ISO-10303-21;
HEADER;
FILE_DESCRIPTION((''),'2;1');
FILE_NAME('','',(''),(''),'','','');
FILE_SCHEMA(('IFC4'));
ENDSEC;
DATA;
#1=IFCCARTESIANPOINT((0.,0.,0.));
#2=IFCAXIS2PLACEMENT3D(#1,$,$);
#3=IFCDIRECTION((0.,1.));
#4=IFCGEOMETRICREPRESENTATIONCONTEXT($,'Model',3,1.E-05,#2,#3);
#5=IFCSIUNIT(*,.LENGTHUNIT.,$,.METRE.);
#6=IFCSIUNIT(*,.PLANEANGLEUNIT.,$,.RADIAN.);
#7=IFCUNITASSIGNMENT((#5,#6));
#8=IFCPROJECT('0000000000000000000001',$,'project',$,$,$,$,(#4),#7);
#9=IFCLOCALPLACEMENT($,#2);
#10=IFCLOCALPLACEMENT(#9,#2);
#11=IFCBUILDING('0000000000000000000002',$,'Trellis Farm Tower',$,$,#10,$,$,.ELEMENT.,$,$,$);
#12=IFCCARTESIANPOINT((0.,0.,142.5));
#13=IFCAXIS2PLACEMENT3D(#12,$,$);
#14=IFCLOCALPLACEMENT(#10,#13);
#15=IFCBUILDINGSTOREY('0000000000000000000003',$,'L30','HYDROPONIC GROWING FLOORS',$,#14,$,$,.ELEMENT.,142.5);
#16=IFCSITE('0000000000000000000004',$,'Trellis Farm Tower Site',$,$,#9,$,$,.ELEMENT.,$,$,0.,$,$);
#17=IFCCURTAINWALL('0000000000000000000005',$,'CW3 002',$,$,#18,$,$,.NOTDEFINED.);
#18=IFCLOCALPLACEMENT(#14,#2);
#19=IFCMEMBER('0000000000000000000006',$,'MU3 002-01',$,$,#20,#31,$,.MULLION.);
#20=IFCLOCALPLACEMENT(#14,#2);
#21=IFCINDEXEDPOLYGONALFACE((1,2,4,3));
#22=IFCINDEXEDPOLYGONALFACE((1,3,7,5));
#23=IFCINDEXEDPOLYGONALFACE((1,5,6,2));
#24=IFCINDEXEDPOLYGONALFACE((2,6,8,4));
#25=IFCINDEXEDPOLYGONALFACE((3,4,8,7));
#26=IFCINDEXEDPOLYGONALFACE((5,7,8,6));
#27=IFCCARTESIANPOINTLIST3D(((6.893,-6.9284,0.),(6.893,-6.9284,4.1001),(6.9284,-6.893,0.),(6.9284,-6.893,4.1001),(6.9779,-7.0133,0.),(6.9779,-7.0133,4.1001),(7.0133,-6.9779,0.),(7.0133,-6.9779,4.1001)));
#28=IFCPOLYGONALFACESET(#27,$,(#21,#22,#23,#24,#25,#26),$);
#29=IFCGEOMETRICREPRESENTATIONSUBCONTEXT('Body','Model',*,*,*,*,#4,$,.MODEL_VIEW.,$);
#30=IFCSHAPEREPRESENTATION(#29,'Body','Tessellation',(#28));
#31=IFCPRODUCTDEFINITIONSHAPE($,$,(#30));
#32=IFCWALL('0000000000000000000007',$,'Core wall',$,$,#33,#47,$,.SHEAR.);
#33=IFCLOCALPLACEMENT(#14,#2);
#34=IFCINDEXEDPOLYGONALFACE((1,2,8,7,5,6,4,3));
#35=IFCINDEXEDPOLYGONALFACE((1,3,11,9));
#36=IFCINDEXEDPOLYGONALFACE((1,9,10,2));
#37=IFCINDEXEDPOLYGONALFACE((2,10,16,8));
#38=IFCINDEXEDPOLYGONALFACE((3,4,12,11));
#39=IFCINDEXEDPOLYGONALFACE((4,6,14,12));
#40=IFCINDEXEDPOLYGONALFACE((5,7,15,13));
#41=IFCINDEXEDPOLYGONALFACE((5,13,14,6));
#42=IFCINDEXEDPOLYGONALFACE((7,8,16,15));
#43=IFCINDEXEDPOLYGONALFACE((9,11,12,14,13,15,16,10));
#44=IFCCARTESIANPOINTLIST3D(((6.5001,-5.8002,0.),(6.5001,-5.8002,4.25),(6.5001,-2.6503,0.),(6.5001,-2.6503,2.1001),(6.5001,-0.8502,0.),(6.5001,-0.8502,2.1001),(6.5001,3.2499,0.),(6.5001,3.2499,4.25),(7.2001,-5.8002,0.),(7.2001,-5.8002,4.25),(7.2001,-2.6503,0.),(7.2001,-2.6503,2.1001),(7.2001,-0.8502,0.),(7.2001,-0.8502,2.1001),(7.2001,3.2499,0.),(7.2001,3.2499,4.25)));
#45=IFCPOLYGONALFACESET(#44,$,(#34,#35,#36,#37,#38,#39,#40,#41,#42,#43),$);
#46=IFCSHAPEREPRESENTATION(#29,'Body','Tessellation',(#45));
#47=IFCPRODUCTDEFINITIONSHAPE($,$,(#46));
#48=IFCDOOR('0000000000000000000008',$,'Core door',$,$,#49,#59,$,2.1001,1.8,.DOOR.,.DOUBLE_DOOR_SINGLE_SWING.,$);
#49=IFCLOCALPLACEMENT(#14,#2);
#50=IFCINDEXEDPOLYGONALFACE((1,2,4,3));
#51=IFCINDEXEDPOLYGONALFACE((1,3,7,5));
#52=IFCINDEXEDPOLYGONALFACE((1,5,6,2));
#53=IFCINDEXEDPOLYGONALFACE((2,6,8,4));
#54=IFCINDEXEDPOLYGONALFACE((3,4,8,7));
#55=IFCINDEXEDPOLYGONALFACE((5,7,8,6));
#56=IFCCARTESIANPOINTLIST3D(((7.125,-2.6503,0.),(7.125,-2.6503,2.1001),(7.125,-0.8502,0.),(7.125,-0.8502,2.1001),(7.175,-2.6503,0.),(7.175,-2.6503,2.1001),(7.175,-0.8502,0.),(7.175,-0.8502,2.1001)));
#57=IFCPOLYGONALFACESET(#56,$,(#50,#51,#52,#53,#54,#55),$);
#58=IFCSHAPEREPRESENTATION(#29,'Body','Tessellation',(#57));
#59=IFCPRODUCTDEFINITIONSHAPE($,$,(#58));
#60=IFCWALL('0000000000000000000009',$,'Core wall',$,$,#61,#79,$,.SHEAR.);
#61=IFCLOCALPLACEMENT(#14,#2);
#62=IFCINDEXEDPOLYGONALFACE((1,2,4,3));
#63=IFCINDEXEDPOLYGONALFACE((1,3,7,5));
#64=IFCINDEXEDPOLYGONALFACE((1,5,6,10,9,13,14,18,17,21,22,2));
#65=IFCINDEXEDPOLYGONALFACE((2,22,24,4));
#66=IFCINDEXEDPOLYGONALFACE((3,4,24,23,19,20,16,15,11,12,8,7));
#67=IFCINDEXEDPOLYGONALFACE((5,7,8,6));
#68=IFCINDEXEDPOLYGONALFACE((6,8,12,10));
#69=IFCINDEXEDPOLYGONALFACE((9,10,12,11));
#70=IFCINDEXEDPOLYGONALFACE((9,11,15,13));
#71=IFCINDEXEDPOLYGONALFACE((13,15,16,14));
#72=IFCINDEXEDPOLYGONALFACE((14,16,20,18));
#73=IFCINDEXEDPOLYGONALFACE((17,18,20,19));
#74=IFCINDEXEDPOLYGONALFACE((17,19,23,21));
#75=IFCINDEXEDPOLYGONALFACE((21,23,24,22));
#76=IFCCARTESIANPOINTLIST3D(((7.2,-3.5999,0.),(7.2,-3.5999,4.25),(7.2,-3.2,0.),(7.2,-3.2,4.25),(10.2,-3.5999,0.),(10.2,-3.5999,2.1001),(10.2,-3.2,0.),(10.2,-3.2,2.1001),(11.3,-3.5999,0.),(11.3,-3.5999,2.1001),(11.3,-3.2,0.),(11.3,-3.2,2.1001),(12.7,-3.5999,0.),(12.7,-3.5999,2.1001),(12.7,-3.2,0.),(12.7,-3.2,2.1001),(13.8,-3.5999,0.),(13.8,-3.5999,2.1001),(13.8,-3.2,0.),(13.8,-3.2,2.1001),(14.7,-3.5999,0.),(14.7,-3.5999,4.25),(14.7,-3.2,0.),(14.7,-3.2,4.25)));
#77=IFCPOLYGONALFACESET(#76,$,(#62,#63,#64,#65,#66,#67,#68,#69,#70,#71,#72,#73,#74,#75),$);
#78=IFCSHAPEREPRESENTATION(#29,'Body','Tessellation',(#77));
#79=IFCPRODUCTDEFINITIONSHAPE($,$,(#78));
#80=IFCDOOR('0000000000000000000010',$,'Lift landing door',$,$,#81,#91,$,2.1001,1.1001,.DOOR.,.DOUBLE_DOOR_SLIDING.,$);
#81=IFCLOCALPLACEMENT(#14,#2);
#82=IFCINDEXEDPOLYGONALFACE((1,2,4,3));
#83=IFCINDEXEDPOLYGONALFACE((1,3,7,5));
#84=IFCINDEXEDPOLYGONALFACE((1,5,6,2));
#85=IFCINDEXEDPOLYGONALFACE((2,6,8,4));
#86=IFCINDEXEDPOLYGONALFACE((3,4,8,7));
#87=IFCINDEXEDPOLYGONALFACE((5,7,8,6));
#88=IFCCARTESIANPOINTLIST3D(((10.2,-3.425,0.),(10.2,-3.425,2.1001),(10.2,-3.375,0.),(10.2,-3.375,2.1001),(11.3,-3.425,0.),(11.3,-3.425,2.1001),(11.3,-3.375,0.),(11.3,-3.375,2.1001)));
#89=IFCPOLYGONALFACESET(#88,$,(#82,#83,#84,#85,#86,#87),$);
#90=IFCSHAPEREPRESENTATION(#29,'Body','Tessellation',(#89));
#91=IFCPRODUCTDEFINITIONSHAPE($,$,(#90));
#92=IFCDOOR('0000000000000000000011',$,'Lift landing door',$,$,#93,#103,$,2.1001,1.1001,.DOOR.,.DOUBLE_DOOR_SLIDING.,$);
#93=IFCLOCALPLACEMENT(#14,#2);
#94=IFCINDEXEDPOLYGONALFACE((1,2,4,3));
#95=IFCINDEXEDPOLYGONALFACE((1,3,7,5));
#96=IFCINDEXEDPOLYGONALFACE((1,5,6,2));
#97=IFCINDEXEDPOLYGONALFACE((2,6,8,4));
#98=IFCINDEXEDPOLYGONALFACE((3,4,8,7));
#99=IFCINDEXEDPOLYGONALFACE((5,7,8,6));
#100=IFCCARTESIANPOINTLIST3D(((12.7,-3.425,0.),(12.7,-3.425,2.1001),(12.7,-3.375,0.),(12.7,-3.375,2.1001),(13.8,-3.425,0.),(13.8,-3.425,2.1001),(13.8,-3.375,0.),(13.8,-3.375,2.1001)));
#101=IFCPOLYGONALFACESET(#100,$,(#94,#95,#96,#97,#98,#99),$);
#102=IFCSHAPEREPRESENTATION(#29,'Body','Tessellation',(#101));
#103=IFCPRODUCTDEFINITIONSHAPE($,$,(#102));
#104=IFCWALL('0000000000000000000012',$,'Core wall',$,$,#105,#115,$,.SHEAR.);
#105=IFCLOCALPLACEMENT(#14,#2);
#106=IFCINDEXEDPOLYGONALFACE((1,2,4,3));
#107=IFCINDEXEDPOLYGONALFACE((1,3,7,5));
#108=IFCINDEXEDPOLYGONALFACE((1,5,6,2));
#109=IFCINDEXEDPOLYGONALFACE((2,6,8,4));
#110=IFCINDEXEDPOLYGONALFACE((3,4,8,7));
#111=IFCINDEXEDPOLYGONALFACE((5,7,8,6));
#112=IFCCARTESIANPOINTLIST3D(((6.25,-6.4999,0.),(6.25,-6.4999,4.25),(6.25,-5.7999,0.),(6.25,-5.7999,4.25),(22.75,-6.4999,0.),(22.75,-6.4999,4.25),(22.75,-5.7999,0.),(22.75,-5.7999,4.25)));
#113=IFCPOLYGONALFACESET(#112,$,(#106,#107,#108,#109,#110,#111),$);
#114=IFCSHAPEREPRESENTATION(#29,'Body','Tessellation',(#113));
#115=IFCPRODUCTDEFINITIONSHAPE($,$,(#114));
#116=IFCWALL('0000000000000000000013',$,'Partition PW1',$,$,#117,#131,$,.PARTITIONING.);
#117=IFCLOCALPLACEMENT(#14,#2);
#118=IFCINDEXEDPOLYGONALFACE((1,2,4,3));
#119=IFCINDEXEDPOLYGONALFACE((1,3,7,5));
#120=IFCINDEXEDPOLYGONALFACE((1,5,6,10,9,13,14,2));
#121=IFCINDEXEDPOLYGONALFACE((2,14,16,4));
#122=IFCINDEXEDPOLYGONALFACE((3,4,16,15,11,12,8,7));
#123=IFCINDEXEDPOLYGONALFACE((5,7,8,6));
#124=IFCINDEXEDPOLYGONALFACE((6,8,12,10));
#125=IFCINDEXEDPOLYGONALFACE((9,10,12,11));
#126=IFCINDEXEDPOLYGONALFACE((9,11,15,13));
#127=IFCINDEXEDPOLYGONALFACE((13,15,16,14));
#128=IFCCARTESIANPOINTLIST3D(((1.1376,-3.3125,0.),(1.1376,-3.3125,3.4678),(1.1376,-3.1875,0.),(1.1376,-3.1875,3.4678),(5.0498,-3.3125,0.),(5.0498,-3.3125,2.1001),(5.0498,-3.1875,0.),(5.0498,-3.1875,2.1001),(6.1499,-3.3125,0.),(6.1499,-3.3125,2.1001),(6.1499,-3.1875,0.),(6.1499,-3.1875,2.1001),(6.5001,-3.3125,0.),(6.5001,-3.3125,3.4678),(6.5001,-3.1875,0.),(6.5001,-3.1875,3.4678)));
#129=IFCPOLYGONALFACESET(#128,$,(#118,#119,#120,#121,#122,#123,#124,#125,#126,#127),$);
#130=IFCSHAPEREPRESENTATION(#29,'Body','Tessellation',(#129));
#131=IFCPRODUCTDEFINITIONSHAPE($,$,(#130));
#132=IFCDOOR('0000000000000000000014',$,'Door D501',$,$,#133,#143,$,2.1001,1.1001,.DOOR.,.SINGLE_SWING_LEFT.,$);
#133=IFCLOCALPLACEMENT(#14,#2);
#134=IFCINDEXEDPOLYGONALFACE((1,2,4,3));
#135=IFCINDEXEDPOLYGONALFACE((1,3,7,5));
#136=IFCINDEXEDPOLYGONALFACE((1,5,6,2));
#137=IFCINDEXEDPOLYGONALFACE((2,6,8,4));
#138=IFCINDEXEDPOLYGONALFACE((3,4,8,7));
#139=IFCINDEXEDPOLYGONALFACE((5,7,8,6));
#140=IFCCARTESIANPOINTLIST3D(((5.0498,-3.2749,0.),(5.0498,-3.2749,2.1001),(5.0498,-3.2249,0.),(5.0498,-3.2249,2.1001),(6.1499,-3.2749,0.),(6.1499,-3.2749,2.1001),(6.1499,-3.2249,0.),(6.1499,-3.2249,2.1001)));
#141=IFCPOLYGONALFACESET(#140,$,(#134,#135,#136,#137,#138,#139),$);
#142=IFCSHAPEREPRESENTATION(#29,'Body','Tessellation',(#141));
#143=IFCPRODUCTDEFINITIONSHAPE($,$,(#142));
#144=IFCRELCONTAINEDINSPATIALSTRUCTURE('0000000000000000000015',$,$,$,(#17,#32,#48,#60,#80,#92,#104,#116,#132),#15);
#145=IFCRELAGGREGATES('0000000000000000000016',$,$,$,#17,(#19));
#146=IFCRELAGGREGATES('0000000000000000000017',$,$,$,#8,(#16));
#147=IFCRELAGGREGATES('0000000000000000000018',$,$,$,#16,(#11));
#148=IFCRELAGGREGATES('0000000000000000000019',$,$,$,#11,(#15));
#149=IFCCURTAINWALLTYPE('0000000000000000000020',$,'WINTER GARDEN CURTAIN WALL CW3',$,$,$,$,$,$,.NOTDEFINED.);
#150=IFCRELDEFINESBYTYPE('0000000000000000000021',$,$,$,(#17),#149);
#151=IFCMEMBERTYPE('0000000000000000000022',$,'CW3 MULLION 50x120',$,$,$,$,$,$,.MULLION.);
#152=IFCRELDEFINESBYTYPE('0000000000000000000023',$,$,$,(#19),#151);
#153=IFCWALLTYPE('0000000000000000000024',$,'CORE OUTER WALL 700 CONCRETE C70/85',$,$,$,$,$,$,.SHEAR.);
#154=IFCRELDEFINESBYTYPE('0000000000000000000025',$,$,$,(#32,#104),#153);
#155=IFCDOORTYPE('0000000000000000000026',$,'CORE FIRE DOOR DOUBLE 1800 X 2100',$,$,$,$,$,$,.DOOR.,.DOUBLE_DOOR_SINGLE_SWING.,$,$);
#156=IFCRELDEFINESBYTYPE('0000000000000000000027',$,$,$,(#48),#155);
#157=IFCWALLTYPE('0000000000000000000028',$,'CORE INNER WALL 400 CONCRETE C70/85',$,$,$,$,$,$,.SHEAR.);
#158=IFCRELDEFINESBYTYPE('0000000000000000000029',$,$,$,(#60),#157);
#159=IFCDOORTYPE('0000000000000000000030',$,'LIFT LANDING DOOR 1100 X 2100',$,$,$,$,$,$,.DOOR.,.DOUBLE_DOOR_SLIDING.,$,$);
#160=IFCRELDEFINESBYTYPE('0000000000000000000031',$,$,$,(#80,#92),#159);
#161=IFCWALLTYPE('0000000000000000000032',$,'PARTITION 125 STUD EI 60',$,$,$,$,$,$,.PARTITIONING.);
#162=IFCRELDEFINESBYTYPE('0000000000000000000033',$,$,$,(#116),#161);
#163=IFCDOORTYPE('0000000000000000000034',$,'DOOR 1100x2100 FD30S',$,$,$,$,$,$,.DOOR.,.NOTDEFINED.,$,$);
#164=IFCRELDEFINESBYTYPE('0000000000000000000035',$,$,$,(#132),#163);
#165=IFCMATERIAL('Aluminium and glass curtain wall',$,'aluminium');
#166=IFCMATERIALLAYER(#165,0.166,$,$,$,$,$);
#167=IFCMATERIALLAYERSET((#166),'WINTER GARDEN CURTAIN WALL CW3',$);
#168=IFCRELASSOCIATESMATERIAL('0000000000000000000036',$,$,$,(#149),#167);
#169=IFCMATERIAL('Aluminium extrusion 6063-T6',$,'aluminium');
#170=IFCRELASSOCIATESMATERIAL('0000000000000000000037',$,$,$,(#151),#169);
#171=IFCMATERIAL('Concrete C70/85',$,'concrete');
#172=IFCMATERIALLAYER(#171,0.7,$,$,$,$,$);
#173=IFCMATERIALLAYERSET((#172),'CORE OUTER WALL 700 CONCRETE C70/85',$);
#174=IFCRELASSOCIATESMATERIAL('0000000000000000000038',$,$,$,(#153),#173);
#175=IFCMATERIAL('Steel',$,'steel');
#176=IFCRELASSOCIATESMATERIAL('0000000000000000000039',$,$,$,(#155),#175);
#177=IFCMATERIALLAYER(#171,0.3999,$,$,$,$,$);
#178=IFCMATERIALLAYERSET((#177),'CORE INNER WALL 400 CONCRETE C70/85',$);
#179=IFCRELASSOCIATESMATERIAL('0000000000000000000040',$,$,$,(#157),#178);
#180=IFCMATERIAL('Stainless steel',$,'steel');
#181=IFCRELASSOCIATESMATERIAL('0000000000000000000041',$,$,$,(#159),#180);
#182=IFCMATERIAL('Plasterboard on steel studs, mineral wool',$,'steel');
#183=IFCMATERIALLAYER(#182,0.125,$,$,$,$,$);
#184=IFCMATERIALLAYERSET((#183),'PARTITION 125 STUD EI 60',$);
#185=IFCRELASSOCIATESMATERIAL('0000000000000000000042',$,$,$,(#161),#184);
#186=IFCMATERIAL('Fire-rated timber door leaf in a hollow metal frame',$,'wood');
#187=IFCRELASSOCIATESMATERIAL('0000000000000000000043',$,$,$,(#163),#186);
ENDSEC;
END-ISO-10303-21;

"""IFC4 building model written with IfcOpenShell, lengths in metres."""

from ifc_helpers import new_model, si_unit, direction, frame, frame_2d, origin, origin_2d, place, context, subcontext, project, spatial, rectangle, extrude, source, transform, mapped, material, layer, layer_set, material_profile, profile_set, type_object, element, fill, aggregate, save


model = new_model("IFC4")

# Units and contexts
model_context = context("Model", 3, precision=1e-05, world=origin(), true_north=direction((0.0, 1.0)))
body_context = subcontext(model_context, "Body", "Model", "MODEL_VIEW")
ifc_project = project(units=[si_unit("LENGTHUNIT", "METRE"), si_unit("PLANEANGLEUNIT", "RADIAN")], contexts=[model_context])

# Site, building, storey
site_placement = place(None, origin())
site = spatial("IfcSite", under=ifc_project, at=site_placement, Name="Trellis Farm Tower Site", CompositionType="ELEMENT", RefElevation=0.0)
building_placement = place(site_placement, origin())
building = spatial("IfcBuilding", under=site, at=building_placement, Name="Trellis Farm Tower", CompositionType="ELEMENT")
storey_placement = place(building_placement, frame((0.0, 0.0, 142.5)))
storey = spatial("IfcBuildingStorey", under=building, at=storey_placement, Name="L30", Description="HYDROPONIC GROWING FLOORS", CompositionType="ELEMENT", Elevation=142.5)

# Shared definitions
ifc_material_1 = material(Name="Aluminium and glass curtain wall", Category="aluminium")
placement = place(storey_placement, origin())
ifc_material_2 = material(Name="Aluminium extrusion 6063-T6", Category="aluminium")

# Curtain wall, member
ifc_layer_1 = layer(ifc_material_1, 0.166)
ifc_layer_set_1 = layer_set([ifc_layer_1], Name="WINTER GARDEN CURTAIN WALL CW3")
curtain_wall_type_1 = type_object("IfcCurtainWallType", Name="WINTER GARDEN CURTAIN WALL CW3", PredefinedType="NOTDEFINED", material=ifc_layer_set_1)
curtain_wall_1 = element("IfcCurtainWall", 1, at=placement, inside=storey, type_object=curtain_wall_type_1, Name="CW3 002", PredefinedType="NOTDEFINED")
ifc_material_profile_1 = material_profile(ifc_material_2, rectangle(XDim=0.05, YDim=0.1201, at=origin_2d()), Name="MULLION 50x120")
ifc_profile_set_1 = profile_set([ifc_material_profile_1], Name="Aluminium extrusion 6063-T6")
member_type_1 = type_object("IfcMemberType", Name="CW3 MULLION 50x120", PredefinedType="MULLION", material=ifc_profile_set_1)
shared_shape_1 = source(origin(), body_context, "Body", "SweptSolid", [
    extrude(rectangle(XDim=0.05, YDim=0.1201, at=origin_2d()), origin(), (0.0, 0.0, 1.0), 4.1001),
])
member_1_placement = place(storey_placement, frame((6.9531, -6.9531, 0.0), z_axis=(0.0, 0.0, 1.0), x_axis=(0.707107, 0.707107, 0.0)))
member_1 = element("IfcMember", 2, at=member_1_placement, type_object=member_type_1, Name="MU3 002-01", PredefinedType="MULLION", context=body_context, shape_type="MappedRepresentation", body=[
    mapped(shared_shape_1, transform((0.0, 0.0, 0.0))),
])
aggregate(curtain_wall_1, [member_1])

# Wall, opening, door
ifc_material_3 = material(Name="Concrete C70/85", Category="concrete")
ifc_layer_2 = layer(ifc_material_3, 0.7)
ifc_layer_set_2 = layer_set([ifc_layer_2], Name="CORE OUTER WALL 700 CONCRETE C70/85")
wall_type_1 = type_object("IfcWallType", Name="CORE OUTER WALL 700 CONCRETE C70/85", PredefinedType="SHEAR", material=ifc_layer_set_2)
shared_shape_2 = source(origin(), body_context, "Body", "SweptSolid", [
    extrude(rectangle(XDim=9.05, YDim=0.7, at=frame_2d((4.5249, 0.0))), origin(), (0.0, 0.0, 1.0), 4.25),
])
wall_1_placement = place(storey_placement, frame((6.8501, -5.8, 0.0), z_axis=(0.0, 0.0, 1.0), x_axis=(0.0, 1.0, 0.0)))
wall_1 = element("IfcWall", 3, at=wall_1_placement, inside=storey, type_object=wall_type_1, Name="Core wall", PredefinedType="SHEAR", context=body_context, shape_type="MappedRepresentation", body=[
    mapped(shared_shape_2, transform((0.0, 0.0, 0.0))),
])
shared_shape_3 = source(origin(), body_context, "Body", "SweptSolid", [
    extrude(rectangle(XDim=1.8, YDim=2.1001, at=frame_2d((0.8999, 1.05))), frame((0.0, 0.3601, 0.0), z_axis=(0.0, -1.0, 0.0), x_axis=(1.0, 0.0, 0.0)), (0.0, 0.0, 1.0), 0.7202),
])
opening_1_placement = place(wall_1_placement, frame((3.1499, 0.0, 0.0)))
opening_1 = element("IfcOpeningElement", 4, at=opening_1_placement, cuts=wall_1, PredefinedType="OPENING", context=body_context, shape_type="MappedRepresentation", body=[
    mapped(shared_shape_3, transform((0.0, 0.0, 0.0))),
])
ifc_material_4 = material(Name="Steel", Category="steel")
door_type_1 = type_object("IfcDoorType", Name="CORE FIRE DOOR DOUBLE 1800 X 2100", OperationType="DOUBLE_DOOR_SINGLE_SWING", PredefinedType="DOOR", material=ifc_material_4)
shared_shape_4 = source(origin(), body_context, "Body", "SweptSolid", [
    extrude(rectangle(XDim=1.8, YDim=2.1001, at=frame_2d((0.8999, 1.05))), frame((0.0, -0.2749, 0.0), z_axis=(0.0, -1.0, 0.0), x_axis=(1.0, 0.0, 0.0)), (0.0, 0.0, 1.0), 0.05),
])
door_1_placement = place(opening_1_placement, origin())
door_1 = element("IfcDoor", 5, at=door_1_placement, inside=storey, type_object=door_type_1, Name="Core door", OperationType="DOUBLE_DOOR_SINGLE_SWING", OverallHeight=2.1001, OverallWidth=1.8, PredefinedType="DOOR", context=body_context, shape_type="MappedRepresentation", body=[
    mapped(shared_shape_4, transform((0.0, 0.0, 0.0))),
])
fill(opening_1, door_1)

# Wall, openings, doors
ifc_layer_3 = layer(ifc_material_3, 0.3999)
ifc_layer_set_3 = layer_set([ifc_layer_3], Name="CORE INNER WALL 400 CONCRETE C70/85")
wall_type_2 = type_object("IfcWallType", Name="CORE INNER WALL 400 CONCRETE C70/85", PredefinedType="SHEAR", material=ifc_layer_set_3)
shared_shape_5 = source(origin(), body_context, "Body", "SweptSolid", [
    extrude(rectangle(XDim=7.5, YDim=0.3999, at=frame_2d((3.75, 0.0))), origin(), (0.0, 0.0, 1.0), 4.25),
])
wall_2_placement = place(storey_placement, frame((7.2, -3.3999, 0.0), z_axis=(0.0, 0.0, 1.0), x_axis=(1.0, 0.0, 0.0)))
wall_2 = element("IfcWall", 6, at=wall_2_placement, inside=storey, type_object=wall_type_2, Name="Core wall", PredefinedType="SHEAR", context=body_context, shape_type="MappedRepresentation", body=[
    mapped(shared_shape_5, transform((0.0, 0.0, 0.0))),
])
shared_shape_6 = source(origin(), body_context, "Body", "SweptSolid", [
    extrude(rectangle(XDim=1.1001, YDim=2.1001, at=frame_2d((0.55, 1.05))), frame((0.0, 0.21, 0.0), z_axis=(0.0, -1.0, 0.0), x_axis=(1.0, 0.0, 0.0)), (0.0, 0.0, 1.0), 0.4199),
])
opening_2_placement = place(wall_2_placement, frame((3.0, 0.0, 0.0)))
opening_2 = element("IfcOpeningElement", 7, at=opening_2_placement, cuts=wall_2, PredefinedType="OPENING", context=body_context, shape_type="MappedRepresentation", body=[
    mapped(shared_shape_6, transform((0.0, 0.0, 0.0))),
])
opening_3_placement = place(wall_2_placement, frame((5.5, 0.0, 0.0)))
opening_3 = element("IfcOpeningElement", 8, at=opening_3_placement, cuts=wall_2, PredefinedType="OPENING", context=body_context, shape_type="MappedRepresentation", body=[
    mapped(shared_shape_6, transform((0.0, 0.0, 0.0))),
])
ifc_material_5 = material(Name="Stainless steel", Category="steel")
door_type_2 = type_object("IfcDoorType", Name="LIFT LANDING DOOR 1100 X 2100", OperationType="DOUBLE_DOOR_SLIDING", PredefinedType="DOOR", material=ifc_material_5)
shared_shape_7 = source(origin(), body_context, "Body", "SweptSolid", [
    extrude(rectangle(XDim=1.1001, YDim=2.1001, at=frame_2d((0.55, 1.05))), frame((0.0, 0.0249, 0.0), z_axis=(0.0, -1.0, 0.0), x_axis=(1.0, 0.0, 0.0)), (0.0, 0.0, 1.0), 0.05),
])
door_2_placement = place(opening_2_placement, origin())
door_2 = element("IfcDoor", 9, at=door_2_placement, inside=storey, type_object=door_type_2, Name="Lift landing door", OperationType="DOUBLE_DOOR_SLIDING", OverallHeight=2.1001, OverallWidth=1.1001, PredefinedType="DOOR", context=body_context, shape_type="MappedRepresentation", body=[
    mapped(shared_shape_7, transform((0.0, 0.0, 0.0))),
])
fill(opening_2, door_2)
door_3_placement = place(opening_3_placement, origin())
door_3 = element("IfcDoor", 10, at=door_3_placement, inside=storey, type_object=door_type_2, Name="Lift landing door", OperationType="DOUBLE_DOOR_SLIDING", OverallHeight=2.1001, OverallWidth=1.1001, PredefinedType="DOOR", context=body_context, shape_type="MappedRepresentation", body=[
    mapped(shared_shape_7, transform((0.0, 0.0, 0.0))),
])
fill(opening_3, door_3)

# Wall
shared_shape_8 = source(origin(), body_context, "Body", "SweptSolid", [
    extrude(rectangle(XDim=16.5, YDim=0.7, at=frame_2d((8.25, 0.0))), origin(), (0.0, 0.0, 1.0), 4.25),
])
wall_3_placement = place(storey_placement, frame((6.25, -6.1499, 0.0), z_axis=(0.0, 0.0, 1.0), x_axis=(1.0, 0.0, 0.0)))
element("IfcWall", 11, at=wall_3_placement, inside=storey, type_object=wall_type_1, Name="Core wall", PredefinedType="SHEAR", context=body_context, shape_type="MappedRepresentation", body=[
    mapped(shared_shape_8, transform((0.0, 0.0, 0.0))),
])

# Wall, opening, door
ifc_material_6 = material(Name="Plasterboard on steel studs, mineral wool", Category="steel")
ifc_layer_4 = layer(ifc_material_6, 0.125)
ifc_layer_set_4 = layer_set([ifc_layer_4], Name="PARTITION 125 STUD EI 60")
wall_type_3 = type_object("IfcWallType", Name="PARTITION 125 STUD EI 60", PredefinedType="PARTITIONING", material=ifc_layer_set_4)
shared_shape_9 = source(origin(), body_context, "Body", "SweptSolid", [
    extrude(rectangle(XDim=5.3625, YDim=0.125, at=frame_2d((2.6812, 0.0))), origin(), (0.0, 0.0, 1.0), 3.4678),
])
wall_4_placement = place(storey_placement, frame((6.5, -3.25, 0.0), z_axis=(0.0, 0.0, 1.0), x_axis=(-1.0, 0.0, 0.0)))
wall_4 = element("IfcWall", 12, at=wall_4_placement, inside=storey, type_object=wall_type_3, Name="Partition PW1", PredefinedType="PARTITIONING", context=body_context, shape_type="MappedRepresentation", body=[
    mapped(shared_shape_9, transform((0.0, 0.0, 0.0))),
])
shared_shape_10 = source(origin(), body_context, "Body", "SweptSolid", [
    extrude(rectangle(XDim=1.1001, YDim=2.1001, at=frame_2d((0.55, 1.05))), frame((0.0, 0.0725, 0.0), z_axis=(0.0, -1.0, 0.0), x_axis=(1.0, 0.0, 0.0)), (0.0, 0.0, 1.0), 0.145),
])
opening_4_placement = place(wall_4_placement, frame((0.3501, 0.0, 0.0)))
opening_4 = element("IfcOpeningElement", 13, at=opening_4_placement, cuts=wall_4, PredefinedType="OPENING", context=body_context, shape_type="MappedRepresentation", body=[
    mapped(shared_shape_10, transform((0.0, 0.0, 0.0))),
])
ifc_material_7 = material(Name="Fire-rated timber door leaf in a hollow metal frame", Category="wood")
door_type_3 = type_object("IfcDoorType", Name="DOOR 1100x2100 FD30S", OperationType="NOTDEFINED", PredefinedType="DOOR", material=ifc_material_7)
door_4_placement = place(opening_4_placement, origin())
door_4 = element("IfcDoor", 14, at=door_4_placement, inside=storey, type_object=door_type_3, Name="Door D501", OperationType="SINGLE_SWING_LEFT", OverallHeight=2.1001, OverallWidth=1.1001, PredefinedType="DOOR", context=body_context, shape_type="MappedRepresentation", body=[
    mapped(shared_shape_7, transform((0.0, 0.0, 0.0))),
])
fill(opening_4, door_4)

save(model, "model.ifc")
